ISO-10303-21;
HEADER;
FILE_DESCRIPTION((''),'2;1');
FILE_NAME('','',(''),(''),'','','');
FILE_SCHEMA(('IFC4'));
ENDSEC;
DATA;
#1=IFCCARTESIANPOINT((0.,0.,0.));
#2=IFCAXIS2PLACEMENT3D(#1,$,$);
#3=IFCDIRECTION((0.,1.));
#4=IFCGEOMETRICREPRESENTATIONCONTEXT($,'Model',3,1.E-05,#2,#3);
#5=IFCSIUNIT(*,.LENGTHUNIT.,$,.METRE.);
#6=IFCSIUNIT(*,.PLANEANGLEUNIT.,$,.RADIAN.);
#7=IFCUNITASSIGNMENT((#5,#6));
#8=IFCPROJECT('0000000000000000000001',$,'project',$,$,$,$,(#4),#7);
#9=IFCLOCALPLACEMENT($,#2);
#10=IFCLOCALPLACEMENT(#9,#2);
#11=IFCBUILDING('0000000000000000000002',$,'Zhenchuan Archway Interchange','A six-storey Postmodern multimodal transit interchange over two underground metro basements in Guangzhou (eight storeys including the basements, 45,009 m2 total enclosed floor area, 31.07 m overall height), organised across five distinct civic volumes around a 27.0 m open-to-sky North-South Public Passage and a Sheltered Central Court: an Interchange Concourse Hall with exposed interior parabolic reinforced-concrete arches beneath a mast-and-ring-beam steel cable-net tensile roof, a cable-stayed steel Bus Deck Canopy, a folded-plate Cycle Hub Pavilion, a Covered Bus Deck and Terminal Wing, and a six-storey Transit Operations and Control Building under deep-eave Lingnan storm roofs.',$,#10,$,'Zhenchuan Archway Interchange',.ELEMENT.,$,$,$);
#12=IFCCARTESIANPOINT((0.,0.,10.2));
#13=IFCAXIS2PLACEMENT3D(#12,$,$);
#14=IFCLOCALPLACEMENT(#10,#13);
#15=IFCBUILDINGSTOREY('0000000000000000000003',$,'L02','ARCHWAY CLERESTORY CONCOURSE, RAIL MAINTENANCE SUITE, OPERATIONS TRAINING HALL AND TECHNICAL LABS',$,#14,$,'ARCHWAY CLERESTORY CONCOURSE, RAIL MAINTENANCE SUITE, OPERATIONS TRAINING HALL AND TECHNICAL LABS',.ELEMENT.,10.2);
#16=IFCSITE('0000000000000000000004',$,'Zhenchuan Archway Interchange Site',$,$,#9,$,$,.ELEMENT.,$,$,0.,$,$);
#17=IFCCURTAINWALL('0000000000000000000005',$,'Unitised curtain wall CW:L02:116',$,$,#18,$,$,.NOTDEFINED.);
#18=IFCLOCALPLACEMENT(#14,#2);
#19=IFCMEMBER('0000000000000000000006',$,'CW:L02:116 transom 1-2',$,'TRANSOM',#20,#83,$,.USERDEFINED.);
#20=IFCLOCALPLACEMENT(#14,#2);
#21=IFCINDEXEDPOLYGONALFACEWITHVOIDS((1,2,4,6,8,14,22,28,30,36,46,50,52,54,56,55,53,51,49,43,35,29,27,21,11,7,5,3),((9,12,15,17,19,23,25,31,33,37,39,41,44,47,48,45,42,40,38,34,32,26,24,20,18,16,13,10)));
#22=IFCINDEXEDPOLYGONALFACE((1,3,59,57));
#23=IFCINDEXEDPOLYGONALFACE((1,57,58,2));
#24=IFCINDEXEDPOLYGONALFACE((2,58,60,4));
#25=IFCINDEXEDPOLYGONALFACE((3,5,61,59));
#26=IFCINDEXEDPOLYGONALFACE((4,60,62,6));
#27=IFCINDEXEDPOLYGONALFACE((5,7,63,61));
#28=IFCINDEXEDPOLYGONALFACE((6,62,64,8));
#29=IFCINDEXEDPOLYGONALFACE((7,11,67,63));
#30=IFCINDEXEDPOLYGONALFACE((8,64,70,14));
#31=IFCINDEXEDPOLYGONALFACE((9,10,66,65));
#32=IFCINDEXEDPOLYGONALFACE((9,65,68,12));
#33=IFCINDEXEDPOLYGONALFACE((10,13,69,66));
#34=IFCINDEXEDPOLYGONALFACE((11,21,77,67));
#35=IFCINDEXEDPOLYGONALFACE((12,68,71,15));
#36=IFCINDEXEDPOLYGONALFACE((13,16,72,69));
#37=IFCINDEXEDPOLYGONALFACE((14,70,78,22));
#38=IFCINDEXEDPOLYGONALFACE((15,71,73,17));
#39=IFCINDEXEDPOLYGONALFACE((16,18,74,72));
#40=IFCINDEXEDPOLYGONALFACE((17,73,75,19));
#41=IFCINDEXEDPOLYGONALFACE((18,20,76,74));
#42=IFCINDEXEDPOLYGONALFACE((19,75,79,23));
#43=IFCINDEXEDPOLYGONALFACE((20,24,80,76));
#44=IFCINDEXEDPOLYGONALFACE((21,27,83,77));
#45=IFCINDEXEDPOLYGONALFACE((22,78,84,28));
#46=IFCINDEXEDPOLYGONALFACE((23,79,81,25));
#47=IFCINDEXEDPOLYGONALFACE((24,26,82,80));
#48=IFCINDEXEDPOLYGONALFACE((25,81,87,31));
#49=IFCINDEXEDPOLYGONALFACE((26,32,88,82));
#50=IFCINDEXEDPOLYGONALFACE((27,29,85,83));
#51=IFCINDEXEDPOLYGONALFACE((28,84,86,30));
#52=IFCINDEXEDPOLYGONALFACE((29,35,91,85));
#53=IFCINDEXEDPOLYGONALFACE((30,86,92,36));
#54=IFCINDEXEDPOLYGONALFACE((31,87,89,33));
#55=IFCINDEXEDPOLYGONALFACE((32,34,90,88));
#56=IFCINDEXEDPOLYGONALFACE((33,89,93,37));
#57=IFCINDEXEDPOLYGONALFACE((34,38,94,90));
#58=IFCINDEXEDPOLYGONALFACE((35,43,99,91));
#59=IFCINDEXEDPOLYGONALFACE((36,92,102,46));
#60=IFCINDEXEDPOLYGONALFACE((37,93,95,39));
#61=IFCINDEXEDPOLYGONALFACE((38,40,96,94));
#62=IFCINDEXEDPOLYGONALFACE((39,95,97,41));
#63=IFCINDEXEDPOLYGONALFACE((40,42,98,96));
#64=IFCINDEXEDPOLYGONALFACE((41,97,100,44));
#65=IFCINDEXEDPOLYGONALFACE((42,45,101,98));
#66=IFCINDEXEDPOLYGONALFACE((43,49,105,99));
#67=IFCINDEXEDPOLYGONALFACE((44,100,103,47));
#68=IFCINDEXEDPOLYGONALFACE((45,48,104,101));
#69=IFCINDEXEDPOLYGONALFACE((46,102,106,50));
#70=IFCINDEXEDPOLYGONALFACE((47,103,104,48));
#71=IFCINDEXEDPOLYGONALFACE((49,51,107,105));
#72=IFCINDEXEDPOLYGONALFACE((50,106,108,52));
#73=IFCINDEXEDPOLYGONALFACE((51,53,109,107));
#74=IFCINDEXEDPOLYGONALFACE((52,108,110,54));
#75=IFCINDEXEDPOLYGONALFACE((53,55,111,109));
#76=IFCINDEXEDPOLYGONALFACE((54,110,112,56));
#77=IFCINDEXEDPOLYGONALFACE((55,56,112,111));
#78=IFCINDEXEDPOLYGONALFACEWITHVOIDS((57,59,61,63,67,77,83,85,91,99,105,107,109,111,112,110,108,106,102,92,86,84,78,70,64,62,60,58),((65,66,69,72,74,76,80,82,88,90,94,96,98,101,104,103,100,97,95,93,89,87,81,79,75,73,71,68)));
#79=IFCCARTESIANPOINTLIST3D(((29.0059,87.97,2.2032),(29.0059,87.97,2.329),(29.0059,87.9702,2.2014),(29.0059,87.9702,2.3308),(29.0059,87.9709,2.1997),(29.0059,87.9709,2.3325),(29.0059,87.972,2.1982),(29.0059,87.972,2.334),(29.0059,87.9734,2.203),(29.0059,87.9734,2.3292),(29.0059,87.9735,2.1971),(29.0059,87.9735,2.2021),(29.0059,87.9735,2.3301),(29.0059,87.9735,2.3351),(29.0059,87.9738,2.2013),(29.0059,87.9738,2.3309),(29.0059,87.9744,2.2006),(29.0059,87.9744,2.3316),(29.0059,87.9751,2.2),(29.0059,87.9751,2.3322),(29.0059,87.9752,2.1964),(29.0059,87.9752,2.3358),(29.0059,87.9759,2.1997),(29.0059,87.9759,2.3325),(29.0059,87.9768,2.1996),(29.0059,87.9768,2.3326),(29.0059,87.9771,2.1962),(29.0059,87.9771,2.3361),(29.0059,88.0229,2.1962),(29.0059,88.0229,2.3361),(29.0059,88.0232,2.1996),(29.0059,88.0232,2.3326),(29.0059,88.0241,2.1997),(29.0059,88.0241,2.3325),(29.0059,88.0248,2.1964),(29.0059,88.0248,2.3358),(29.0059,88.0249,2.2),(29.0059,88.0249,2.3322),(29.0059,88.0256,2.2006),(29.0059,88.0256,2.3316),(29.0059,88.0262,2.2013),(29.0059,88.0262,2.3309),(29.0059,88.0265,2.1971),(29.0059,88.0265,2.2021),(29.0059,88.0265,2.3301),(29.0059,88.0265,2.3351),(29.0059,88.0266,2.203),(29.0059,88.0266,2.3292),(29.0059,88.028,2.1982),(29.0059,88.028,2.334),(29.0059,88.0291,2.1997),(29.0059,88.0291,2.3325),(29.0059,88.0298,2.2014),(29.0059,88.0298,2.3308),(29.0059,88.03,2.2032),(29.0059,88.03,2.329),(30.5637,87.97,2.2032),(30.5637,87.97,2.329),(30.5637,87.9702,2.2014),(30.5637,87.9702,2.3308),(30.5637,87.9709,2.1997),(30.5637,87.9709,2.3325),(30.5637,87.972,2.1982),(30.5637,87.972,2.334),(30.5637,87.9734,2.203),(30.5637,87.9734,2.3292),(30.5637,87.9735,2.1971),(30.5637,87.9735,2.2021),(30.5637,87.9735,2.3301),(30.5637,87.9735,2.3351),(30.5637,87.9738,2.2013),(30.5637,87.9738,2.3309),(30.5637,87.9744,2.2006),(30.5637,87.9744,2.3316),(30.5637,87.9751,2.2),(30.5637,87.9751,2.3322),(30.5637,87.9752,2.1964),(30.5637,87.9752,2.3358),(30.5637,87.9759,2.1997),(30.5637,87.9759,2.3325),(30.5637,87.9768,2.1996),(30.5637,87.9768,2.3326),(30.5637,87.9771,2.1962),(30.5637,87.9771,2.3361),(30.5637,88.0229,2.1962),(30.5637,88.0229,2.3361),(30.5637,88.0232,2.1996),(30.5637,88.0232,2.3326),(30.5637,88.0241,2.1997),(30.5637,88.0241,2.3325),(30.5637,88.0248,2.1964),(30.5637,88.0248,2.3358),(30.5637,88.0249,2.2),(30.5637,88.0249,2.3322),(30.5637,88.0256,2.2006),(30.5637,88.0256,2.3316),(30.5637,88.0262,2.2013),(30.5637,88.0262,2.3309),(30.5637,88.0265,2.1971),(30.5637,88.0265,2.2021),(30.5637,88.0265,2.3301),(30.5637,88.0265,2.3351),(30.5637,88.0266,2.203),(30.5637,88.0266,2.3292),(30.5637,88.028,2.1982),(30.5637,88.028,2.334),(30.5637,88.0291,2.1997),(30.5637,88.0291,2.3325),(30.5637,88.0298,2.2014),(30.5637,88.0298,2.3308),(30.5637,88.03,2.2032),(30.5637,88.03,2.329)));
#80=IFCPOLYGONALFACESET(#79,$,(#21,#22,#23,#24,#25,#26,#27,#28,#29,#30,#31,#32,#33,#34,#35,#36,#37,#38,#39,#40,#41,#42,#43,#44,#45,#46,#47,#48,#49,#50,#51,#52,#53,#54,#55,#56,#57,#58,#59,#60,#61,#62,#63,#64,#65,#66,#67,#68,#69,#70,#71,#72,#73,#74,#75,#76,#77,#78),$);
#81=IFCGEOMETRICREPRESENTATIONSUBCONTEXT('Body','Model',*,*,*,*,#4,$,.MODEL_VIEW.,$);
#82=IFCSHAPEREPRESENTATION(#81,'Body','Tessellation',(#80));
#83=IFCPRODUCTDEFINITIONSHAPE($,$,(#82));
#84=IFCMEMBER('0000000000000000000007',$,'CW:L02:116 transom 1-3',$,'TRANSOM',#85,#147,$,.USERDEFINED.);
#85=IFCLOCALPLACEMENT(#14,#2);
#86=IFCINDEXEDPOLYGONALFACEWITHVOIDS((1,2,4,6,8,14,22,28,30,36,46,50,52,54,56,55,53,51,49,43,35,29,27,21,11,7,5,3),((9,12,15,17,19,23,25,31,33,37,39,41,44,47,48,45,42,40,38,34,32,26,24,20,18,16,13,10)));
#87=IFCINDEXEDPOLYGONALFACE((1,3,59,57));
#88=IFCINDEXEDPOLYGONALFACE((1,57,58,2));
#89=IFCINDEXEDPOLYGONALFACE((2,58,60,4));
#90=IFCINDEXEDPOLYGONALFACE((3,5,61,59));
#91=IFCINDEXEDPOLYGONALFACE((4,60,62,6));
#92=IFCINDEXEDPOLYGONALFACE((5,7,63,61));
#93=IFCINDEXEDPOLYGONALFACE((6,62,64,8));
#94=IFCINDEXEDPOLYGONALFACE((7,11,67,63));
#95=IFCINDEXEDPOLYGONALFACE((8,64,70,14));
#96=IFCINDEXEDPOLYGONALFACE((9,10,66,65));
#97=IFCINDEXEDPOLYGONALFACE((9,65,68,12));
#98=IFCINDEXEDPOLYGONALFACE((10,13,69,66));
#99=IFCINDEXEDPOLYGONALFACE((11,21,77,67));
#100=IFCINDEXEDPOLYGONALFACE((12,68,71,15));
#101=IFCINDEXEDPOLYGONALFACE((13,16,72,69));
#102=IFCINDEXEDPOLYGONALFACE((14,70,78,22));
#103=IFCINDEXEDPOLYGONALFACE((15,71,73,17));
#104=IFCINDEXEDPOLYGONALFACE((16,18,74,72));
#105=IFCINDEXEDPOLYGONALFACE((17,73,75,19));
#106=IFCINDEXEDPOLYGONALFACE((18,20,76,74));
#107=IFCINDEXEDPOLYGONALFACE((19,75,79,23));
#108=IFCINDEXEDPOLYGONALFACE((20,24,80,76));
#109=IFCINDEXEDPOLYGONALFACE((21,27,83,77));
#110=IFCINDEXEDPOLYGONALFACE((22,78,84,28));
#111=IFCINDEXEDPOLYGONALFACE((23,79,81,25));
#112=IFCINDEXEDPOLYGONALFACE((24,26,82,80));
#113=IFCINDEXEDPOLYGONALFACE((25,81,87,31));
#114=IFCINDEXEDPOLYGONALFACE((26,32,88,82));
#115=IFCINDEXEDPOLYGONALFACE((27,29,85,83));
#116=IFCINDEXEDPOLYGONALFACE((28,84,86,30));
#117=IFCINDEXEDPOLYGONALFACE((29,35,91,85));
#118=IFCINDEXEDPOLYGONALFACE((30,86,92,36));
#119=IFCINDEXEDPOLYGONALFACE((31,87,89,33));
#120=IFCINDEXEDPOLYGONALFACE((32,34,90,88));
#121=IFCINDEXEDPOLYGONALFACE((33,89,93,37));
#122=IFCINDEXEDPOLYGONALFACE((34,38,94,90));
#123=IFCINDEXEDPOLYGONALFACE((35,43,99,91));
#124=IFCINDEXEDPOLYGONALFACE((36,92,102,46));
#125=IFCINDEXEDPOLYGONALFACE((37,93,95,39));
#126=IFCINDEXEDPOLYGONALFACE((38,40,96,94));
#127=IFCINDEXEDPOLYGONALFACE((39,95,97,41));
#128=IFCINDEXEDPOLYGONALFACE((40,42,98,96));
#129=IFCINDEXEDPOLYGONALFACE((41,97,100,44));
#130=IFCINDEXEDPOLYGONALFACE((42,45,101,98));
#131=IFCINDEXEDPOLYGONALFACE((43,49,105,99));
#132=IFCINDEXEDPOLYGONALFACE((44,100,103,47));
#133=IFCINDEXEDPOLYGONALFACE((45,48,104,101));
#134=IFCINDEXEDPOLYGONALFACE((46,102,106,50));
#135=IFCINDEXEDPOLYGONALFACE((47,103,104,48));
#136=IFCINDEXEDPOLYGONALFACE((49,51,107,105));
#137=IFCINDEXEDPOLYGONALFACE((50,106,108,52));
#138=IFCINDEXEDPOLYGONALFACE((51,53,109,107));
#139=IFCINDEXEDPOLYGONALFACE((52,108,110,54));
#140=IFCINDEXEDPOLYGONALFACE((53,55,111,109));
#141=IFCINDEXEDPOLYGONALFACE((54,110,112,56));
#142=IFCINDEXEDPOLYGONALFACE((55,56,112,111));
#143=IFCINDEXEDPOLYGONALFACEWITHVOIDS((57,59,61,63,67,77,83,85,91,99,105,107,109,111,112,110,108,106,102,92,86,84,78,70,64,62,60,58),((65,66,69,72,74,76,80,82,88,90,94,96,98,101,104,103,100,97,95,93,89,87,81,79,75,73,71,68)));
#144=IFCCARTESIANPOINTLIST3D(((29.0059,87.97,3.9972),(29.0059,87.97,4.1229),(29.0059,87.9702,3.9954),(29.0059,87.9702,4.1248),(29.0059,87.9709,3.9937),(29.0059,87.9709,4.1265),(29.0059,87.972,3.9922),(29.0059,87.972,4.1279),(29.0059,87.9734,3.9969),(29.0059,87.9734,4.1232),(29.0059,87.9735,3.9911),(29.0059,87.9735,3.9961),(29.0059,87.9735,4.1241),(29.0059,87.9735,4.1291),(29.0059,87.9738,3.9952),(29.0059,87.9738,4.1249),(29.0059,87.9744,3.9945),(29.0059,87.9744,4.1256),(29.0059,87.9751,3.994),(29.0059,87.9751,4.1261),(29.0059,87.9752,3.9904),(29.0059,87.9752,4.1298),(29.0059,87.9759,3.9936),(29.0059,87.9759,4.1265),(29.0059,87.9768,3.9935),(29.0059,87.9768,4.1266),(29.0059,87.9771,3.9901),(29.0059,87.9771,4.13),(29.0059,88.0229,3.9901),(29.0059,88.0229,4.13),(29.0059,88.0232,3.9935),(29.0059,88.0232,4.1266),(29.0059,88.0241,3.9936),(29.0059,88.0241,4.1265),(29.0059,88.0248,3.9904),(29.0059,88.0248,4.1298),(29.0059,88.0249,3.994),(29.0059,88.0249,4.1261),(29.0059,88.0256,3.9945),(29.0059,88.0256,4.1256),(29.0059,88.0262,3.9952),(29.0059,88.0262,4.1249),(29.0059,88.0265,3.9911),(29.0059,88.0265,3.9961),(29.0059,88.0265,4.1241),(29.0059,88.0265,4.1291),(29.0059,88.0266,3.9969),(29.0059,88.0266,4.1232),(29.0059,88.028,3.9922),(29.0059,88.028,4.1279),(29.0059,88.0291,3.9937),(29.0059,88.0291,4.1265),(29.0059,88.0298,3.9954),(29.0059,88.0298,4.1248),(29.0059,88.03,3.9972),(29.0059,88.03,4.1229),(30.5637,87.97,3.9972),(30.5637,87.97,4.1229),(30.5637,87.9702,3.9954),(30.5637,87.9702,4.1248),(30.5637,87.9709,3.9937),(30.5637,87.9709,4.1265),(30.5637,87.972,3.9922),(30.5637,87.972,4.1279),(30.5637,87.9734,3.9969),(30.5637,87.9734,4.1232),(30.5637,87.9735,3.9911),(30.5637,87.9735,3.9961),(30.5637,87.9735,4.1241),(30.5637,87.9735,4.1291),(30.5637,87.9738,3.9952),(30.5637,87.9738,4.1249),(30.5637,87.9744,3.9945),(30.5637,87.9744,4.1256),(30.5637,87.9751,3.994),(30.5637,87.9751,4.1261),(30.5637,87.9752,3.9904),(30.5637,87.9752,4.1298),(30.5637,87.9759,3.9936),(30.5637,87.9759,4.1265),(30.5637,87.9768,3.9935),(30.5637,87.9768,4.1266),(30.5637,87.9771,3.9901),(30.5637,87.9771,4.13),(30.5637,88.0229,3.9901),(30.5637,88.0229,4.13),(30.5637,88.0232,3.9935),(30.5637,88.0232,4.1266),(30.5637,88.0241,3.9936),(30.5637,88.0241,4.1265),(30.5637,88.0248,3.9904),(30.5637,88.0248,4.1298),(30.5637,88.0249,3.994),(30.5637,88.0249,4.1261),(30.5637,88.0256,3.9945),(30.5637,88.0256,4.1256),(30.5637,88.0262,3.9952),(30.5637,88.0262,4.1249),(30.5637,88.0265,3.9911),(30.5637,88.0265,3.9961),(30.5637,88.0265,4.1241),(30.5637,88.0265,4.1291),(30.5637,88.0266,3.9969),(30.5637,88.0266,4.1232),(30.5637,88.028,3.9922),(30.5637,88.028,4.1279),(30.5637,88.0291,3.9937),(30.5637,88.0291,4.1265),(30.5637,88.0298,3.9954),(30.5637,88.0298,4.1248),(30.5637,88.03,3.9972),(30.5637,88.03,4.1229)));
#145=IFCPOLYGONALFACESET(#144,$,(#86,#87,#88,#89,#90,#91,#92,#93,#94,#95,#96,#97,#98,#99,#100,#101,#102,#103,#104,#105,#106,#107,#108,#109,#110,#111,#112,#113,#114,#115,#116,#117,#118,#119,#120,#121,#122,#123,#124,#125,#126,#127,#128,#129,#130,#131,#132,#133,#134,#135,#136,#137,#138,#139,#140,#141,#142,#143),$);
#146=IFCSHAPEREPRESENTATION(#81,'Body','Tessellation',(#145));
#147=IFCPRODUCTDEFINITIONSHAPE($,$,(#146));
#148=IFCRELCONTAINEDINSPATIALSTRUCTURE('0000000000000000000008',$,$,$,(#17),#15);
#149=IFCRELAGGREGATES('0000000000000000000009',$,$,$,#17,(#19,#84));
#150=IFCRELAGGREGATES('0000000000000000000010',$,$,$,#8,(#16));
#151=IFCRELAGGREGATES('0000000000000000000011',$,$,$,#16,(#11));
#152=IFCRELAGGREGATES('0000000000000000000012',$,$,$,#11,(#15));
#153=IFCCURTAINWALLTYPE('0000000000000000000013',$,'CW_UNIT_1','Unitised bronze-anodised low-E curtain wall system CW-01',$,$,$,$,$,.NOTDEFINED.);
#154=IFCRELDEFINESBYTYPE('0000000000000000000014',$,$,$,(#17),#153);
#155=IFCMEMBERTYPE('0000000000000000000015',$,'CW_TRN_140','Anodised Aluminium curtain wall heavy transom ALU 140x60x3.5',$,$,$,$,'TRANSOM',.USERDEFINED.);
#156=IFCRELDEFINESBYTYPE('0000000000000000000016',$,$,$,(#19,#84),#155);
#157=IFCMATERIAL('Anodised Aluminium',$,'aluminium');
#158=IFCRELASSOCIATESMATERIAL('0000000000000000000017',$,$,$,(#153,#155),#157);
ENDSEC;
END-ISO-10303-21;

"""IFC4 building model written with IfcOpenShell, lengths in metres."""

from ifc_helpers import new_model, si_unit, direction, frame, origin, origin_2d, place, context, subcontext, project, spatial, hollow_rectangle, extrude, material, material_profile, profile_set, type_object, element, aggregate, save


model = new_model("IFC4")

# Units and contexts
model_context = context("Model", 3, precision=1e-05, world=origin(), true_north=direction((0.0, 1.0)))
body_context = subcontext(model_context, "Body", "Model", "MODEL_VIEW")
ifc_project = project(units=[si_unit("LENGTHUNIT", "METRE"), si_unit("PLANEANGLEUNIT", "RADIAN")], contexts=[model_context])

# Site, building, storey
site_placement = place(None, origin())
site = spatial("IfcSite", under=ifc_project, at=site_placement, Name="Zhenchuan Archway Interchange Site", CompositionType="ELEMENT", RefElevation=0.0)
building_placement = place(site_placement, origin())
building = spatial("IfcBuilding", under=site, at=building_placement, Name="Zhenchuan Archway Interchange", Description="A six-storey Postmodern multimodal transit interchange over two underground metro basements in Guangzhou (eight storeys including the basements, 45,009 m2 total enclosed floor area, 31.07 m overall height), organised across five distinct civic volumes around a 27.0 m open-to-sky North-South Public Passage and a Sheltered Central Court: an Interchange Concourse Hall with exposed interior parabolic reinforced-concrete arches beneath a mast-and-ring-beam steel cable-net tensile roof, a cable-stayed steel Bus Deck Canopy, a folded-plate Cycle Hub Pavilion, a Covered Bus Deck and Terminal Wing, and a six-storey Transit Operations and Control Building under deep-eave Lingnan storm roofs.", LongName="Zhenchuan Archway Interchange", CompositionType="ELEMENT")
storey_placement = place(building_placement, frame((0.0, 0.0, 10.2)))
storey = spatial("IfcBuildingStorey", under=building, at=storey_placement, Name="L02", Description="ARCHWAY CLERESTORY CONCOURSE, RAIL MAINTENANCE SUITE, OPERATIONS TRAINING HALL AND TECHNICAL LABS", LongName="ARCHWAY CLERESTORY CONCOURSE, RAIL MAINTENANCE SUITE, OPERATIONS TRAINING HALL AND TECHNICAL LABS", CompositionType="ELEMENT", Elevation=10.2)

# Curtain wall, members
ifc_material_1 = material(Name="Anodised Aluminium", Category="aluminium")
curtain_wall_type = type_object("IfcCurtainWallType", Name="CW_UNIT_1", Description="Unitised bronze-anodised low-E curtain wall system CW-01", PredefinedType="NOTDEFINED", material=ifc_material_1)
curtain_wall_placement = place(storey_placement, origin())
curtain_wall = element("IfcCurtainWall", 1, at=curtain_wall_placement, inside=storey, type_object=curtain_wall_type, Name="Unitised curtain wall CW:L02:116", PredefinedType="NOTDEFINED")
ifc_material_profile_1 = material_profile(ifc_material_1, hollow_rectangle(XDim=0.0601, YDim=0.1399, WallThickness=0.0034, InnerFilletRadius=0.0034, OuterFilletRadius=0.0071, at=origin_2d()), Name="ALU 140x60x3.5")
ifc_profile_set_1 = profile_set([ifc_material_profile_1], Name="Anodised Aluminium")
member_type_1 = type_object("IfcMemberType", Name="CW_TRN_140", Description="Anodised Aluminium curtain wall heavy transom ALU 140x60x3.5", ElementType="TRANSOM", PredefinedType="USERDEFINED", material=ifc_profile_set_1)
member_1_placement = place(storey_placement, frame((29.0059, 88.0, 2.2661), z_axis=(1.0, 0.0, 0.0), x_axis=(0.0, 1.0, 0.0)))
member_1 = element("IfcMember", 2, at=member_1_placement, type_object=member_type_1, Name="CW:L02:116 transom 1-2", ObjectType="TRANSOM", PredefinedType="USERDEFINED", context=body_context, shape_type="SweptSolid", body=[
    extrude(hollow_rectangle(XDim=0.0601, YDim=0.1399, WallThickness=0.0034, InnerFilletRadius=0.0034, OuterFilletRadius=0.0071, at=origin_2d()), origin(), (0.0, 0.0, 1.0), 1.5579),
])
member_2_placement = place(storey_placement, frame((29.0059, 88.0, 4.0601), z_axis=(1.0, 0.0, 0.0), x_axis=(0.0, 1.0, 0.0)))
member_2 = element("IfcMember", 3, at=member_2_placement, type_object=member_type_1, Name="CW:L02:116 transom 1-3", ObjectType="TRANSOM", PredefinedType="USERDEFINED", context=body_context, shape_type="SweptSolid", body=[
    extrude(hollow_rectangle(XDim=0.0601, YDim=0.1399, WallThickness=0.0034, InnerFilletRadius=0.0034, OuterFilletRadius=0.0071, at=origin_2d()), origin(), (0.0, 0.0, 1.0), 1.5579),
])

aggregate(curtain_wall, [member_1, member_2])

save(model, "model.ifc")
